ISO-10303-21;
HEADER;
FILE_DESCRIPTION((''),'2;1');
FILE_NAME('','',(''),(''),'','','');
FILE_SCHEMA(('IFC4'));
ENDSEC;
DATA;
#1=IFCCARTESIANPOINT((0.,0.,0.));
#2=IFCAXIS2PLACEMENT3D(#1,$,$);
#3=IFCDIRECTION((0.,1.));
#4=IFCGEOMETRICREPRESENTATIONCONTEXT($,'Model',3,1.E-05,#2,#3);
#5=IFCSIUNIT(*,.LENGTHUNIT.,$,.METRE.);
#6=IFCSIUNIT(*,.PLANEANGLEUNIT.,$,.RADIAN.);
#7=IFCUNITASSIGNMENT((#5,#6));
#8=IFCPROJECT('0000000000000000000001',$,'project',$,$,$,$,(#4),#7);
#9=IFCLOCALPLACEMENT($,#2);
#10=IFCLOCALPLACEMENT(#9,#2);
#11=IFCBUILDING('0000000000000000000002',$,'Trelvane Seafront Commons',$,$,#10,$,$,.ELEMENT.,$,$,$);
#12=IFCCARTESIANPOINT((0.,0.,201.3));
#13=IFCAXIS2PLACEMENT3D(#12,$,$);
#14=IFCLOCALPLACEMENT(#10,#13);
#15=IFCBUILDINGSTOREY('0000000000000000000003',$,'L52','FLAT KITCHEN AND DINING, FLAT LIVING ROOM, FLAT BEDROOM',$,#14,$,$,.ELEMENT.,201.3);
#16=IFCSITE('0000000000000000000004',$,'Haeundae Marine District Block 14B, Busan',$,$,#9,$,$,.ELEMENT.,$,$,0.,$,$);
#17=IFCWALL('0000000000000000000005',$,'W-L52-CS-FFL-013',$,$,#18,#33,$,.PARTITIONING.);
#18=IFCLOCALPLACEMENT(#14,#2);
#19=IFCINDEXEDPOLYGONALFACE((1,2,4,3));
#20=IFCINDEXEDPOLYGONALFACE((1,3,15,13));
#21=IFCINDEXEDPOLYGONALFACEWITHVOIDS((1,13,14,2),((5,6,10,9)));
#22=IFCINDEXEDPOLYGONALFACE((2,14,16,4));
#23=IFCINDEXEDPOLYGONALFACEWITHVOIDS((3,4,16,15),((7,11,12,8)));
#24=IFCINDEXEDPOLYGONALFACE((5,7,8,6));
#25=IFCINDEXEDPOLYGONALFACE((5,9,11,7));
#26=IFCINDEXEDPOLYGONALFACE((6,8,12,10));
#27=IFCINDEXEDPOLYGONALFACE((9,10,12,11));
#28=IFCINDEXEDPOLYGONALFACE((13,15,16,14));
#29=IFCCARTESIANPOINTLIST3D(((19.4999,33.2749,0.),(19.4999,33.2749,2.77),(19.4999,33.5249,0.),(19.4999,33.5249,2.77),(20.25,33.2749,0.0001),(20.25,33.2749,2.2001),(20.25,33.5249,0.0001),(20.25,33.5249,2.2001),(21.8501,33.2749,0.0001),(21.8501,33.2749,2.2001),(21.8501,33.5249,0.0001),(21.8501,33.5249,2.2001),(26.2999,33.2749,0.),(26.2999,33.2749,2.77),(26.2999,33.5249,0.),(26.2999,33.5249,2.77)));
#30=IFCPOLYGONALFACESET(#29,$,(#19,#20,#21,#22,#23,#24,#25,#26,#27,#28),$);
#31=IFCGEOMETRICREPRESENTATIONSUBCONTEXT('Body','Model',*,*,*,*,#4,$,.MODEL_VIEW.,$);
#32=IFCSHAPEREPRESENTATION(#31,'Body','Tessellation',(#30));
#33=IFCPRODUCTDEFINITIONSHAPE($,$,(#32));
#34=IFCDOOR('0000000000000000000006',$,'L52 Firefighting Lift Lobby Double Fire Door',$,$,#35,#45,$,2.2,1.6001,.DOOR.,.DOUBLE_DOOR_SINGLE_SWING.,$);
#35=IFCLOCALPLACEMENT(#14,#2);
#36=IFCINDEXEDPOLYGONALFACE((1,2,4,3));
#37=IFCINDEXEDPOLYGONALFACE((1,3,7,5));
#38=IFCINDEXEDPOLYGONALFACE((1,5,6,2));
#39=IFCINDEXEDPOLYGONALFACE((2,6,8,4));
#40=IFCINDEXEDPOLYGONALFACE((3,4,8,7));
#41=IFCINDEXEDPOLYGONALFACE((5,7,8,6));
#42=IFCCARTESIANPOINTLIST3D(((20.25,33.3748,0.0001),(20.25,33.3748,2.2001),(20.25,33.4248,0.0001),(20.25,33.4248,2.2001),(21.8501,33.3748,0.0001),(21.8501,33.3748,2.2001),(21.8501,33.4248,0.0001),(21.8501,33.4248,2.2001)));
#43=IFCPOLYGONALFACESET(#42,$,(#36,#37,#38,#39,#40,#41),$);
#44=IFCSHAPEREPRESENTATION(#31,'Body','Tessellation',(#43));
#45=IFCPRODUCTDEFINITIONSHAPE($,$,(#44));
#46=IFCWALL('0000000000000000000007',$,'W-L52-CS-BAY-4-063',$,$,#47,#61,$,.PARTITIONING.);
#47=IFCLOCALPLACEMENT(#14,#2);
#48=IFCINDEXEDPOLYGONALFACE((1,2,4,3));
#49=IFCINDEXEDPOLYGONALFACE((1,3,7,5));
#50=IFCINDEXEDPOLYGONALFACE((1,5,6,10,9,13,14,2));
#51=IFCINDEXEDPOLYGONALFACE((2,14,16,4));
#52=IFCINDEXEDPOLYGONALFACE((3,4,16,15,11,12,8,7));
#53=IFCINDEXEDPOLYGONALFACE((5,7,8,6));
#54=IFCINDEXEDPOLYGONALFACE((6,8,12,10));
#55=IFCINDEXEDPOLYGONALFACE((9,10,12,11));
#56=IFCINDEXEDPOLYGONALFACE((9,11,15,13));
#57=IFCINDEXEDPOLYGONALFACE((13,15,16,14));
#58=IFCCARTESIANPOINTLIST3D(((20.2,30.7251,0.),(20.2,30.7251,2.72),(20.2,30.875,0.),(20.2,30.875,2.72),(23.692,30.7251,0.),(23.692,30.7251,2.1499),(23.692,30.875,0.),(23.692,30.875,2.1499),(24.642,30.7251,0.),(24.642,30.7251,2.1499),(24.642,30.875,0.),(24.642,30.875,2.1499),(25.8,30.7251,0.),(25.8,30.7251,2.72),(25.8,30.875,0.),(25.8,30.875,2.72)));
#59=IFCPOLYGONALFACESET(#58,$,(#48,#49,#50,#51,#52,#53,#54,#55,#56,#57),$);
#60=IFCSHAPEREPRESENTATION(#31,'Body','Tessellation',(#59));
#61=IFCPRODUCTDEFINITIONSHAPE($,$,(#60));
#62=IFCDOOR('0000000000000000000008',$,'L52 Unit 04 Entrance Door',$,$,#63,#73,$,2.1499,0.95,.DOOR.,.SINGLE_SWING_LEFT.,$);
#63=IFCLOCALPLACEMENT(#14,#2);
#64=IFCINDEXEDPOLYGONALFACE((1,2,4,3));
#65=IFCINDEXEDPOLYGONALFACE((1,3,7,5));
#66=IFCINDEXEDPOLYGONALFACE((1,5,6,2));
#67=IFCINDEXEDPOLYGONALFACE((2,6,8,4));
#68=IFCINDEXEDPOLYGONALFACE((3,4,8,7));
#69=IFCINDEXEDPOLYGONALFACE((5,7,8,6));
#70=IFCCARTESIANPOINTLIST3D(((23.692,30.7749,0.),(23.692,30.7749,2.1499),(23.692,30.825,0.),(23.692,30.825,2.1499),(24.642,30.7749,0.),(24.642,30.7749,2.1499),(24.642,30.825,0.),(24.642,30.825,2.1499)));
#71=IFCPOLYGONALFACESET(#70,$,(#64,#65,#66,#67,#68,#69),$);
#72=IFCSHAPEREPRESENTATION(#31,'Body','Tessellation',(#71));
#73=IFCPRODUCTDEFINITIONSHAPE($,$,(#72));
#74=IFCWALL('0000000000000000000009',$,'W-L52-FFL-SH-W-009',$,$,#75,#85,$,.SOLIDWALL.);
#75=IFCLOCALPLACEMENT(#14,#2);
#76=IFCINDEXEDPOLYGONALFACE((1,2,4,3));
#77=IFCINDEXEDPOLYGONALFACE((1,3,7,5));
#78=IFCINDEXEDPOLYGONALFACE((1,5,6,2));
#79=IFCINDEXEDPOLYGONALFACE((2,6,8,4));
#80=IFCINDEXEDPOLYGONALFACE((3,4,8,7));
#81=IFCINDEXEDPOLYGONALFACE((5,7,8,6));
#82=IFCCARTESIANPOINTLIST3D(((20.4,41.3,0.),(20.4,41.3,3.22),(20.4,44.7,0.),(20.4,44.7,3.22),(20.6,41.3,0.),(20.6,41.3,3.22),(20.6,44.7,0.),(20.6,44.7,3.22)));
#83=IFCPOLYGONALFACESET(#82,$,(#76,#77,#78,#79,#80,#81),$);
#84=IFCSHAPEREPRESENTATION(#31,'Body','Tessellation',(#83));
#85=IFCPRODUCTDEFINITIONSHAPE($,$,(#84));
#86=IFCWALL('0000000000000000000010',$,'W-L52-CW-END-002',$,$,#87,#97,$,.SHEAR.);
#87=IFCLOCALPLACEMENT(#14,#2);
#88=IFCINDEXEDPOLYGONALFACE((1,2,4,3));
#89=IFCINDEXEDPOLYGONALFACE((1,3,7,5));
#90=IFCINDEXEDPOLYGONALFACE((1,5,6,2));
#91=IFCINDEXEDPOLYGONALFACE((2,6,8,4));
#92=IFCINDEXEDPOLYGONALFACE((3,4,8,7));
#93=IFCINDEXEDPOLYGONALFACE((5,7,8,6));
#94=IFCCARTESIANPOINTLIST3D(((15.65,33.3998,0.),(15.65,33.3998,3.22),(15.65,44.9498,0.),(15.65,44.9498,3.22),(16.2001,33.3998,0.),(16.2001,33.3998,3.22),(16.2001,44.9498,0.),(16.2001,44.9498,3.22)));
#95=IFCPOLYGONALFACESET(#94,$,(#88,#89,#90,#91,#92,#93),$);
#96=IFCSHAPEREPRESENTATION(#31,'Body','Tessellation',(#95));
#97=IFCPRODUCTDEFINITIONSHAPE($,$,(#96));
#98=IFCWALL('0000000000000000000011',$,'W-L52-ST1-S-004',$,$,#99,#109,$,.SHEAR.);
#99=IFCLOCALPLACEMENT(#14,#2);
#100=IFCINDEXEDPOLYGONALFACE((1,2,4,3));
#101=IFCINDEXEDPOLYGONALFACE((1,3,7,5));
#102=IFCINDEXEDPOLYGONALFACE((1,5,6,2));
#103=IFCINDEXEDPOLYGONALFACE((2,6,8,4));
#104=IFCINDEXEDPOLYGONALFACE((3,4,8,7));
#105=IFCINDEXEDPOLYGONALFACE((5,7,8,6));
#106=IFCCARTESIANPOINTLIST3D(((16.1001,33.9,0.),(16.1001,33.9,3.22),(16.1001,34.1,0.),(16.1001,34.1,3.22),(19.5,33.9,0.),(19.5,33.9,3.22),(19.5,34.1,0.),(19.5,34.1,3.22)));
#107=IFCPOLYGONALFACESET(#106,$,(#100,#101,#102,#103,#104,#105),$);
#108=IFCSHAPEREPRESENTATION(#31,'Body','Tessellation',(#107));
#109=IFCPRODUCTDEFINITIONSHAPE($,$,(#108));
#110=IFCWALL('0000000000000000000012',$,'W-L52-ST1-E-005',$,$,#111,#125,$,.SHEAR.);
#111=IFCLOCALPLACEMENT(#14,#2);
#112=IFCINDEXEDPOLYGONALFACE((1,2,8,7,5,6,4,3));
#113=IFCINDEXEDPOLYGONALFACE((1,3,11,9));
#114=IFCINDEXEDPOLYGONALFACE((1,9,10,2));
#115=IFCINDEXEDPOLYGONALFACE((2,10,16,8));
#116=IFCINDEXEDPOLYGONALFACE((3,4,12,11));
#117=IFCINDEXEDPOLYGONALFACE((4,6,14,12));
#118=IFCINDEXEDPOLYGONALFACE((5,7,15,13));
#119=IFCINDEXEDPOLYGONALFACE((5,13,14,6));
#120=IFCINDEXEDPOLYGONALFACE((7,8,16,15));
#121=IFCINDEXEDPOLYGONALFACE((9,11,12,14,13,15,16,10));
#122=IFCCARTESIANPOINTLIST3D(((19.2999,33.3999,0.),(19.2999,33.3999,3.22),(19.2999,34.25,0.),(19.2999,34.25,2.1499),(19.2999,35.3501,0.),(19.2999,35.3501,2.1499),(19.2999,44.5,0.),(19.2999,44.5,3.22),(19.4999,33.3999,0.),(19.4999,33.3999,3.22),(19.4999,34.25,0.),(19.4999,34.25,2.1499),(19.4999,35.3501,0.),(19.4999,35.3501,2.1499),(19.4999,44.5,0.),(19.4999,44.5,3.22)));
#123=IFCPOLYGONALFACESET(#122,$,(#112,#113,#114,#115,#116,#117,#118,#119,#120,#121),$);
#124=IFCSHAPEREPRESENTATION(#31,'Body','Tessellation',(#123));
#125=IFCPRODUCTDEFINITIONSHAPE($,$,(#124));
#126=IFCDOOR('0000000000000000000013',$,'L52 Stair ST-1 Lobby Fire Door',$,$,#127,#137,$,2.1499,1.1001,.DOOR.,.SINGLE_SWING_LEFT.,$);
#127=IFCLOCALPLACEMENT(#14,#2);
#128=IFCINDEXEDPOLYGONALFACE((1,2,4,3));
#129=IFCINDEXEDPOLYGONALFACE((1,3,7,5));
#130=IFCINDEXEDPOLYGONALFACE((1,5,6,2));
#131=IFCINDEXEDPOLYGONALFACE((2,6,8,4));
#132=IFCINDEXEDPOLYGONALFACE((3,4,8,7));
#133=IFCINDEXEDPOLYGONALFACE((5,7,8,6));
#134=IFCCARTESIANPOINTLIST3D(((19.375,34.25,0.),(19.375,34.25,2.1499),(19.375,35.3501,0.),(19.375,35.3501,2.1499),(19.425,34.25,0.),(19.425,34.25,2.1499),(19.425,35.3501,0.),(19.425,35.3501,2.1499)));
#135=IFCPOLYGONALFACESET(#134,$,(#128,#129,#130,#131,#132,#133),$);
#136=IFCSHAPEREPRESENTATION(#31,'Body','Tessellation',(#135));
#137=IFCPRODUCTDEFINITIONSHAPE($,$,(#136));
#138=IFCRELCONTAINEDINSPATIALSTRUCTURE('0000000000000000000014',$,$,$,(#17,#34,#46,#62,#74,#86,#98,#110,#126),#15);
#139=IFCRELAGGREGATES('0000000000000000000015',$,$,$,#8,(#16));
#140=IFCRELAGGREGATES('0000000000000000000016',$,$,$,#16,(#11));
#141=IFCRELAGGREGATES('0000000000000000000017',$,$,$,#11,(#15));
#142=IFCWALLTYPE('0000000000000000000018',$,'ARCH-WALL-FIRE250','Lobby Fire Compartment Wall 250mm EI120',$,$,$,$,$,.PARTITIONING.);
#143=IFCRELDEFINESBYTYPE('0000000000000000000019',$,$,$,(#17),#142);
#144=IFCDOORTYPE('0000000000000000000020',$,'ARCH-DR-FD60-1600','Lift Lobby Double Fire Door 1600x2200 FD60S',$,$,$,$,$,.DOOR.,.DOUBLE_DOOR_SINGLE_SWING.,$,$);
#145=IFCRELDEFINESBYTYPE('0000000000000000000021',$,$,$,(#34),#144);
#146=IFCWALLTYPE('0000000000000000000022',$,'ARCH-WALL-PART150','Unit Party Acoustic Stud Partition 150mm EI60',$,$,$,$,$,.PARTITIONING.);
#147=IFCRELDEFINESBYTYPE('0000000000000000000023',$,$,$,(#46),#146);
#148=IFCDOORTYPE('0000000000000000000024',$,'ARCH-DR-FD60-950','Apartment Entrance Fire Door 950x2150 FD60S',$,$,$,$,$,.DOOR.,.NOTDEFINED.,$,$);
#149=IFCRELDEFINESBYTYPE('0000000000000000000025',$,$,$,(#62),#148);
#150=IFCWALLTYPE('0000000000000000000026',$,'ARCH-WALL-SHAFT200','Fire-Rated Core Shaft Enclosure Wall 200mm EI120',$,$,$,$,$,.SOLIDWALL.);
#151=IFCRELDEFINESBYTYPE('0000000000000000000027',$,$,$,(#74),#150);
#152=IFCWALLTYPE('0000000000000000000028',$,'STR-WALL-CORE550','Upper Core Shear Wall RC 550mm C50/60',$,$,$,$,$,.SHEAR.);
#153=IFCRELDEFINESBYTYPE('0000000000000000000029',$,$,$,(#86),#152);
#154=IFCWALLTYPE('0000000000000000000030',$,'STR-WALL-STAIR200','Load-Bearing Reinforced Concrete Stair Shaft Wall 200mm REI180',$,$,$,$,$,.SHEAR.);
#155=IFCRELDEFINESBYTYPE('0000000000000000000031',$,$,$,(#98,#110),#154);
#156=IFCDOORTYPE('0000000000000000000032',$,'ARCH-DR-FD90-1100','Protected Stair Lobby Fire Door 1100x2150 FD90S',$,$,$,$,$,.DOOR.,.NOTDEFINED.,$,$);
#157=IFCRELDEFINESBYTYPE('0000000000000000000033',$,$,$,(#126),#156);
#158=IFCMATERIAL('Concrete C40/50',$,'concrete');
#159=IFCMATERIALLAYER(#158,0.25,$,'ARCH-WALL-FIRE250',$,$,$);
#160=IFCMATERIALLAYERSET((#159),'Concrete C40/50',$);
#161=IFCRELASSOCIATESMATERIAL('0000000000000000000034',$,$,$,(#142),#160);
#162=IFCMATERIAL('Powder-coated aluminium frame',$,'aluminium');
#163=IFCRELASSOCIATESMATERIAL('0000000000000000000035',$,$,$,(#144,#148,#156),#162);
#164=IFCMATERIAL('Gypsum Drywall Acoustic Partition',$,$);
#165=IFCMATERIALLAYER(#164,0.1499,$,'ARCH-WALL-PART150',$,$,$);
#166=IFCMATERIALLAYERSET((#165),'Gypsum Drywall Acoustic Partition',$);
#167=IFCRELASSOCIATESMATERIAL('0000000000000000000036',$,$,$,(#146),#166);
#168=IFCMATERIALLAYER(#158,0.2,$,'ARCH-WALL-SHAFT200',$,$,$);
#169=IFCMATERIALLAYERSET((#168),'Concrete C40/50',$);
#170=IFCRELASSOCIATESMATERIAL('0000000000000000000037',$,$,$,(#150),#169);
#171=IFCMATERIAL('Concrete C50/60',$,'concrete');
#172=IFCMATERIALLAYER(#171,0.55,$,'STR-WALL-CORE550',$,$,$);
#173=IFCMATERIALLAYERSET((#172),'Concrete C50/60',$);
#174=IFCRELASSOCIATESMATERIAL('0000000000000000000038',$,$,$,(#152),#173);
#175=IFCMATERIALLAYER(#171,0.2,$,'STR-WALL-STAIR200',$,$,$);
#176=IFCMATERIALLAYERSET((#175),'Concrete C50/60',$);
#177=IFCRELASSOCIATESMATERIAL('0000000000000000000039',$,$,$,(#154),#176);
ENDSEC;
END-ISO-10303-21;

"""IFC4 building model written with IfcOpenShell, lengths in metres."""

from ifc_helpers import new_model, si_unit, direction, frame, frame_2d, origin, place, context, subcontext, project, spatial, rectangle, extrude, source, transform, mapped, material, layer, layer_set, type_object, element, fill, save


model = new_model("IFC4")

# Units and contexts
model_context = context("Model", 3, precision=1e-05, world=origin(), true_north=direction((0.0, 1.0)))
body_context = subcontext(model_context, "Body", "Model", "MODEL_VIEW")
ifc_project = project(units=[si_unit("LENGTHUNIT", "METRE"), si_unit("PLANEANGLEUNIT", "RADIAN")], contexts=[model_context])

# Site, building, storey
site_placement = place(None, origin())
site = spatial("IfcSite", under=ifc_project, at=site_placement, Name="Haeundae Marine District Block 14B, Busan", CompositionType="ELEMENT", RefElevation=0.0)
building_placement = place(site_placement, origin())
building = spatial("IfcBuilding", under=site, at=building_placement, Name="Trelvane Seafront Commons", CompositionType="ELEMENT")
storey_placement = place(building_placement, frame((0.0, 0.0, 201.3)))
storey = spatial("IfcBuildingStorey", under=building, at=storey_placement, Name="L52", Description="FLAT KITCHEN AND DINING, FLAT LIVING ROOM, FLAT BEDROOM", CompositionType="ELEMENT", Elevation=201.3)

# Walls, openings, doors
ifc_material_1 = material(Name="Concrete C40/50", Category="concrete")
ifc_layer_1 = layer(ifc_material_1, 0.25, Name="ARCH-WALL-FIRE250")
ifc_layer_set_1 = layer_set([ifc_layer_1], Name="Concrete C40/50")
wall_type_1 = type_object("IfcWallType", Name="ARCH-WALL-FIRE250", Description="Lobby Fire Compartment Wall 250mm EI120", PredefinedType="PARTITIONING", material=ifc_layer_set_1)
wall_1_placement = place(storey_placement, frame((19.5, 33.3999, 0.0), z_axis=(0.0, 0.0, 1.0), x_axis=(1.0, 0.0, 0.0)))
wall_1 = element("IfcWall", 1, at=wall_1_placement, inside=storey, type_object=wall_type_1, Name="W-L52-CS-FFL-013", PredefinedType="PARTITIONING", context=body_context, shape_type="SweptSolid", body=[
    extrude(rectangle(XDim=6.8, YDim=0.25, at=frame_2d((3.3999, 0.0))), origin(), (0.0, 0.0, 1.0), 2.77),
])
opening_1_placement = place(wall_1_placement, frame((0.75, 0.0, 0.0)))
opening_1 = element("IfcOpeningElement", 2, at=opening_1_placement, cuts=wall_1, PredefinedType="OPENING", context=body_context, shape_type="SweptSolid", body=[
    extrude(rectangle(XDim=1.6001, YDim=2.2, at=frame_2d((0.8, 1.1001))), frame((0.0, 0.135, 0.0), z_axis=(0.0, -1.0, 0.0), x_axis=(1.0, 0.0, 0.0)), (0.0, 0.0, 1.0), 0.27),
])
ifc_material_2 = material(Name="Powder-coated aluminium frame", Category="aluminium")
door_type_1 = type_object("IfcDoorType", Name="ARCH-DR-FD60-1600", Description="Lift Lobby Double Fire Door 1600x2200 FD60S", OperationType="DOUBLE_DOOR_SINGLE_SWING", PredefinedType="DOOR", material=ifc_material_2)
shared_shape_1 = source(origin(), body_context, "Body", "SweptSolid", [
    extrude(rectangle(XDim=1.6001, YDim=2.2, at=frame_2d((0.8, 1.1001))), frame((0.0, 0.0249, 0.0), z_axis=(0.0, -1.0, 0.0), x_axis=(1.0, 0.0, 0.0)), (0.0, 0.0, 1.0), 0.05),
])
door_1_placement = place(opening_1_placement, origin())
door_1 = element("IfcDoor", 3, at=door_1_placement, inside=storey, type_object=door_type_1, Name="L52 Firefighting Lift Lobby Double Fire Door", OperationType="DOUBLE_DOOR_SINGLE_SWING", OverallHeight=2.2, OverallWidth=1.6001, PredefinedType="DOOR", context=body_context, shape_type="MappedRepresentation", body=[
    mapped(shared_shape_1, transform((0.0, 0.0, 0.0), x_axis=(1.0, 0.0, 0.0), y_axis=(0.0, 1.0, 0.0), z_axis=(0.0, 0.0, 1.0), scale=1.0)),
])
fill(opening_1, door_1)
ifc_material_3 = material(Name="Gypsum Drywall Acoustic Partition")
ifc_layer_2 = layer(ifc_material_3, 0.1499, Name="ARCH-WALL-PART150")
ifc_layer_set_2 = layer_set([ifc_layer_2], Name="Gypsum Drywall Acoustic Partition")
wall_type_2 = type_object("IfcWallType", Name="ARCH-WALL-PART150", Description="Unit Party Acoustic Stud Partition 150mm EI60", PredefinedType="PARTITIONING", material=ifc_layer_set_2)
wall_2_placement = place(storey_placement, frame((20.2, 30.8, 0.0), z_axis=(0.0, 0.0, 1.0), x_axis=(1.0, 0.0, 0.0)))
wall_2 = element("IfcWall", 4, at=wall_2_placement, inside=storey, type_object=wall_type_2, Name="W-L52-CS-BAY-4-063", PredefinedType="PARTITIONING", context=body_context, shape_type="SweptSolid", body=[
    extrude(rectangle(XDim=5.6001, YDim=0.1499, at=frame_2d((2.8, 0.0))), origin(), (0.0, 0.0, 1.0), 2.72),
])
opening_2_placement = place(wall_2_placement, frame((3.4919, 0.0, 0.0)))
opening_2 = element("IfcOpeningElement", 5, at=opening_2_placement, cuts=wall_2, PredefinedType="OPENING", context=body_context, shape_type="SweptSolid", body=[
    extrude(rectangle(XDim=0.95, YDim=2.1499, at=frame_2d((0.4751, 1.075))), frame((0.0, 0.085, 0.0), z_axis=(0.0, -1.0, 0.0), x_axis=(1.0, 0.0, 0.0)), (0.0, 0.0, 1.0), 0.1699),
])
door_type_2 = type_object("IfcDoorType", Name="ARCH-DR-FD60-950", Description="Apartment Entrance Fire Door 950x2150 FD60S", OperationType="NOTDEFINED", PredefinedType="DOOR", material=ifc_material_2)
shared_shape_2 = source(origin(), body_context, "Body", "SweptSolid", [
    extrude(rectangle(XDim=0.95, YDim=2.1499, at=frame_2d((0.4751, 1.075))), frame((0.0, 0.0249, 0.0), z_axis=(0.0, -1.0, 0.0), x_axis=(1.0, 0.0, 0.0)), (0.0, 0.0, 1.0), 0.05),
])
door_2_placement = place(opening_2_placement, origin())
door_2 = element("IfcDoor", 6, at=door_2_placement, inside=storey, type_object=door_type_2, Name="L52 Unit 04 Entrance Door", OperationType="SINGLE_SWING_LEFT", OverallHeight=2.1499, OverallWidth=0.95, PredefinedType="DOOR", context=body_context, shape_type="MappedRepresentation", body=[
    mapped(shared_shape_2, transform((0.0, 0.0, 0.0), x_axis=(1.0, 0.0, 0.0), y_axis=(0.0, 1.0, 0.0), z_axis=(0.0, 0.0, 1.0), scale=1.0)),
])
fill(opening_2, door_2)

# Shared definitions
ifc_layer_3 = layer(ifc_material_1, 0.2, Name="ARCH-WALL-SHAFT200")
ifc_layer_set_3 = layer_set([ifc_layer_3], Name="Concrete C40/50")
wall_type_3 = type_object("IfcWallType", Name="ARCH-WALL-SHAFT200", Description="Fire-Rated Core Shaft Enclosure Wall 200mm EI120", PredefinedType="SOLIDWALL", material=ifc_layer_set_3)
shared_shape_3 = source(origin(), body_context, "Body", "SweptSolid", [
    extrude(rectangle(XDim=1.1001, YDim=2.1499, at=frame_2d((0.55, 1.075))), frame((0.0, 0.0249, 0.0), z_axis=(0.0, -1.0, 0.0), x_axis=(1.0, 0.0, 0.0)), (0.0, 0.0, 1.0), 0.05),
])

# Walls
wall_3_placement = place(storey_placement, frame((20.5, 41.3, 0.0), z_axis=(0.0, 0.0, 1.0), x_axis=(0.0, 1.0, 0.0)))
element("IfcWall", 7, at=wall_3_placement, inside=storey, type_object=wall_type_3, Name="W-L52-FFL-SH-W-009", PredefinedType="SOLIDWALL", context=body_context, shape_type="SweptSolid", body=[
    extrude(rectangle(XDim=3.3999, YDim=0.2, at=frame_2d((1.7, 0.0))), origin(), (0.0, 0.0, 1.0), 3.22),
])
ifc_material_4 = material(Name="Concrete C50/60", Category="concrete")
ifc_layer_4 = layer(ifc_material_4, 0.55, Name="STR-WALL-CORE550")
ifc_layer_set_4 = layer_set([ifc_layer_4], Name="Concrete C50/60")
wall_type_4 = type_object("IfcWallType", Name="STR-WALL-CORE550", Description="Upper Core Shear Wall RC 550mm C50/60", PredefinedType="SHEAR", material=ifc_layer_set_4)
wall_4_placement = place(storey_placement, frame((15.925, 33.3999, 0.0), z_axis=(0.0, 0.0, 1.0), x_axis=(0.0, 1.0, 0.0)))
element("IfcWall", 8, at=wall_4_placement, inside=storey, type_object=wall_type_4, Name="W-L52-CW-END-002", PredefinedType="SHEAR", context=body_context, shape_type="SweptSolid", body=[
    extrude(rectangle(XDim=11.55, YDim=0.55, at=frame_2d((5.7749, 0.0))), origin(), (0.0, 0.0, 1.0), 3.22),
])
ifc_layer_5 = layer(ifc_material_4, 0.2, Name="STR-WALL-STAIR200")
ifc_layer_set_5 = layer_set([ifc_layer_5], Name="Concrete C50/60")
wall_type_5 = type_object("IfcWallType", Name="STR-WALL-STAIR200", Description="Load-Bearing Reinforced Concrete Stair Shaft Wall 200mm REI180", PredefinedType="SHEAR", material=ifc_layer_set_5)
wall_5_placement = place(storey_placement, frame((16.1001, 34.0, 0.0), z_axis=(0.0, 0.0, 1.0), x_axis=(1.0, 0.0, 0.0)))
element("IfcWall", 9, at=wall_5_placement, inside=storey, type_object=wall_type_5, Name="W-L52-ST1-S-004", PredefinedType="SHEAR", context=body_context, shape_type="SweptSolid", body=[
    extrude(rectangle(XDim=3.3999, YDim=0.2, at=frame_2d((1.7, 0.0))), origin(), (0.0, 0.0, 1.0), 3.22),
])

# Wall, opening, door
wall_6_placement = place(storey_placement, frame((19.3999, 33.3999, 0.0), z_axis=(0.0, 0.0, 1.0), x_axis=(0.0, 1.0, 0.0)))
wall_6 = element("IfcWall", 10, at=wall_6_placement, inside=storey, type_object=wall_type_5, Name="W-L52-ST1-E-005", PredefinedType="SHEAR", context=body_context, shape_type="SweptSolid", body=[
    extrude(rectangle(XDim=11.1001, YDim=0.2, at=frame_2d((5.55, 0.0))), origin(), (0.0, 0.0, 1.0), 3.22),
])
opening_3_placement = place(wall_6_placement, frame((0.8501, 0.0, 0.0)))
opening_3 = element("IfcOpeningElement", 11, at=opening_3_placement, cuts=wall_6, PredefinedType="OPENING", context=body_context, shape_type="SweptSolid", body=[
    extrude(rectangle(XDim=1.1001, YDim=2.1499, at=frame_2d((0.55, 1.075))), frame((0.0, 0.1099, 0.0), z_axis=(0.0, -1.0, 0.0), x_axis=(1.0, 0.0, 0.0)), (0.0, 0.0, 1.0), 0.22),
])
door_type_3 = type_object("IfcDoorType", Name="ARCH-DR-FD90-1100", Description="Protected Stair Lobby Fire Door 1100x2150 FD90S", OperationType="NOTDEFINED", PredefinedType="DOOR", material=ifc_material_2)
door_3_placement = place(opening_3_placement, origin())
door_3 = element("IfcDoor", 12, at=door_3_placement, inside=storey, type_object=door_type_3, Name="L52 Stair ST-1 Lobby Fire Door", OperationType="SINGLE_SWING_LEFT", OverallHeight=2.1499, OverallWidth=1.1001, PredefinedType="DOOR", context=body_context, shape_type="MappedRepresentation", body=[
    mapped(shared_shape_3, transform((0.0, 0.0, 0.0), x_axis=(1.0, 0.0, 0.0), y_axis=(0.0, 1.0, 0.0), z_axis=(0.0, 0.0, 1.0), scale=1.0)),
])
fill(opening_3, door_3)

save(model, "model.ifc")
